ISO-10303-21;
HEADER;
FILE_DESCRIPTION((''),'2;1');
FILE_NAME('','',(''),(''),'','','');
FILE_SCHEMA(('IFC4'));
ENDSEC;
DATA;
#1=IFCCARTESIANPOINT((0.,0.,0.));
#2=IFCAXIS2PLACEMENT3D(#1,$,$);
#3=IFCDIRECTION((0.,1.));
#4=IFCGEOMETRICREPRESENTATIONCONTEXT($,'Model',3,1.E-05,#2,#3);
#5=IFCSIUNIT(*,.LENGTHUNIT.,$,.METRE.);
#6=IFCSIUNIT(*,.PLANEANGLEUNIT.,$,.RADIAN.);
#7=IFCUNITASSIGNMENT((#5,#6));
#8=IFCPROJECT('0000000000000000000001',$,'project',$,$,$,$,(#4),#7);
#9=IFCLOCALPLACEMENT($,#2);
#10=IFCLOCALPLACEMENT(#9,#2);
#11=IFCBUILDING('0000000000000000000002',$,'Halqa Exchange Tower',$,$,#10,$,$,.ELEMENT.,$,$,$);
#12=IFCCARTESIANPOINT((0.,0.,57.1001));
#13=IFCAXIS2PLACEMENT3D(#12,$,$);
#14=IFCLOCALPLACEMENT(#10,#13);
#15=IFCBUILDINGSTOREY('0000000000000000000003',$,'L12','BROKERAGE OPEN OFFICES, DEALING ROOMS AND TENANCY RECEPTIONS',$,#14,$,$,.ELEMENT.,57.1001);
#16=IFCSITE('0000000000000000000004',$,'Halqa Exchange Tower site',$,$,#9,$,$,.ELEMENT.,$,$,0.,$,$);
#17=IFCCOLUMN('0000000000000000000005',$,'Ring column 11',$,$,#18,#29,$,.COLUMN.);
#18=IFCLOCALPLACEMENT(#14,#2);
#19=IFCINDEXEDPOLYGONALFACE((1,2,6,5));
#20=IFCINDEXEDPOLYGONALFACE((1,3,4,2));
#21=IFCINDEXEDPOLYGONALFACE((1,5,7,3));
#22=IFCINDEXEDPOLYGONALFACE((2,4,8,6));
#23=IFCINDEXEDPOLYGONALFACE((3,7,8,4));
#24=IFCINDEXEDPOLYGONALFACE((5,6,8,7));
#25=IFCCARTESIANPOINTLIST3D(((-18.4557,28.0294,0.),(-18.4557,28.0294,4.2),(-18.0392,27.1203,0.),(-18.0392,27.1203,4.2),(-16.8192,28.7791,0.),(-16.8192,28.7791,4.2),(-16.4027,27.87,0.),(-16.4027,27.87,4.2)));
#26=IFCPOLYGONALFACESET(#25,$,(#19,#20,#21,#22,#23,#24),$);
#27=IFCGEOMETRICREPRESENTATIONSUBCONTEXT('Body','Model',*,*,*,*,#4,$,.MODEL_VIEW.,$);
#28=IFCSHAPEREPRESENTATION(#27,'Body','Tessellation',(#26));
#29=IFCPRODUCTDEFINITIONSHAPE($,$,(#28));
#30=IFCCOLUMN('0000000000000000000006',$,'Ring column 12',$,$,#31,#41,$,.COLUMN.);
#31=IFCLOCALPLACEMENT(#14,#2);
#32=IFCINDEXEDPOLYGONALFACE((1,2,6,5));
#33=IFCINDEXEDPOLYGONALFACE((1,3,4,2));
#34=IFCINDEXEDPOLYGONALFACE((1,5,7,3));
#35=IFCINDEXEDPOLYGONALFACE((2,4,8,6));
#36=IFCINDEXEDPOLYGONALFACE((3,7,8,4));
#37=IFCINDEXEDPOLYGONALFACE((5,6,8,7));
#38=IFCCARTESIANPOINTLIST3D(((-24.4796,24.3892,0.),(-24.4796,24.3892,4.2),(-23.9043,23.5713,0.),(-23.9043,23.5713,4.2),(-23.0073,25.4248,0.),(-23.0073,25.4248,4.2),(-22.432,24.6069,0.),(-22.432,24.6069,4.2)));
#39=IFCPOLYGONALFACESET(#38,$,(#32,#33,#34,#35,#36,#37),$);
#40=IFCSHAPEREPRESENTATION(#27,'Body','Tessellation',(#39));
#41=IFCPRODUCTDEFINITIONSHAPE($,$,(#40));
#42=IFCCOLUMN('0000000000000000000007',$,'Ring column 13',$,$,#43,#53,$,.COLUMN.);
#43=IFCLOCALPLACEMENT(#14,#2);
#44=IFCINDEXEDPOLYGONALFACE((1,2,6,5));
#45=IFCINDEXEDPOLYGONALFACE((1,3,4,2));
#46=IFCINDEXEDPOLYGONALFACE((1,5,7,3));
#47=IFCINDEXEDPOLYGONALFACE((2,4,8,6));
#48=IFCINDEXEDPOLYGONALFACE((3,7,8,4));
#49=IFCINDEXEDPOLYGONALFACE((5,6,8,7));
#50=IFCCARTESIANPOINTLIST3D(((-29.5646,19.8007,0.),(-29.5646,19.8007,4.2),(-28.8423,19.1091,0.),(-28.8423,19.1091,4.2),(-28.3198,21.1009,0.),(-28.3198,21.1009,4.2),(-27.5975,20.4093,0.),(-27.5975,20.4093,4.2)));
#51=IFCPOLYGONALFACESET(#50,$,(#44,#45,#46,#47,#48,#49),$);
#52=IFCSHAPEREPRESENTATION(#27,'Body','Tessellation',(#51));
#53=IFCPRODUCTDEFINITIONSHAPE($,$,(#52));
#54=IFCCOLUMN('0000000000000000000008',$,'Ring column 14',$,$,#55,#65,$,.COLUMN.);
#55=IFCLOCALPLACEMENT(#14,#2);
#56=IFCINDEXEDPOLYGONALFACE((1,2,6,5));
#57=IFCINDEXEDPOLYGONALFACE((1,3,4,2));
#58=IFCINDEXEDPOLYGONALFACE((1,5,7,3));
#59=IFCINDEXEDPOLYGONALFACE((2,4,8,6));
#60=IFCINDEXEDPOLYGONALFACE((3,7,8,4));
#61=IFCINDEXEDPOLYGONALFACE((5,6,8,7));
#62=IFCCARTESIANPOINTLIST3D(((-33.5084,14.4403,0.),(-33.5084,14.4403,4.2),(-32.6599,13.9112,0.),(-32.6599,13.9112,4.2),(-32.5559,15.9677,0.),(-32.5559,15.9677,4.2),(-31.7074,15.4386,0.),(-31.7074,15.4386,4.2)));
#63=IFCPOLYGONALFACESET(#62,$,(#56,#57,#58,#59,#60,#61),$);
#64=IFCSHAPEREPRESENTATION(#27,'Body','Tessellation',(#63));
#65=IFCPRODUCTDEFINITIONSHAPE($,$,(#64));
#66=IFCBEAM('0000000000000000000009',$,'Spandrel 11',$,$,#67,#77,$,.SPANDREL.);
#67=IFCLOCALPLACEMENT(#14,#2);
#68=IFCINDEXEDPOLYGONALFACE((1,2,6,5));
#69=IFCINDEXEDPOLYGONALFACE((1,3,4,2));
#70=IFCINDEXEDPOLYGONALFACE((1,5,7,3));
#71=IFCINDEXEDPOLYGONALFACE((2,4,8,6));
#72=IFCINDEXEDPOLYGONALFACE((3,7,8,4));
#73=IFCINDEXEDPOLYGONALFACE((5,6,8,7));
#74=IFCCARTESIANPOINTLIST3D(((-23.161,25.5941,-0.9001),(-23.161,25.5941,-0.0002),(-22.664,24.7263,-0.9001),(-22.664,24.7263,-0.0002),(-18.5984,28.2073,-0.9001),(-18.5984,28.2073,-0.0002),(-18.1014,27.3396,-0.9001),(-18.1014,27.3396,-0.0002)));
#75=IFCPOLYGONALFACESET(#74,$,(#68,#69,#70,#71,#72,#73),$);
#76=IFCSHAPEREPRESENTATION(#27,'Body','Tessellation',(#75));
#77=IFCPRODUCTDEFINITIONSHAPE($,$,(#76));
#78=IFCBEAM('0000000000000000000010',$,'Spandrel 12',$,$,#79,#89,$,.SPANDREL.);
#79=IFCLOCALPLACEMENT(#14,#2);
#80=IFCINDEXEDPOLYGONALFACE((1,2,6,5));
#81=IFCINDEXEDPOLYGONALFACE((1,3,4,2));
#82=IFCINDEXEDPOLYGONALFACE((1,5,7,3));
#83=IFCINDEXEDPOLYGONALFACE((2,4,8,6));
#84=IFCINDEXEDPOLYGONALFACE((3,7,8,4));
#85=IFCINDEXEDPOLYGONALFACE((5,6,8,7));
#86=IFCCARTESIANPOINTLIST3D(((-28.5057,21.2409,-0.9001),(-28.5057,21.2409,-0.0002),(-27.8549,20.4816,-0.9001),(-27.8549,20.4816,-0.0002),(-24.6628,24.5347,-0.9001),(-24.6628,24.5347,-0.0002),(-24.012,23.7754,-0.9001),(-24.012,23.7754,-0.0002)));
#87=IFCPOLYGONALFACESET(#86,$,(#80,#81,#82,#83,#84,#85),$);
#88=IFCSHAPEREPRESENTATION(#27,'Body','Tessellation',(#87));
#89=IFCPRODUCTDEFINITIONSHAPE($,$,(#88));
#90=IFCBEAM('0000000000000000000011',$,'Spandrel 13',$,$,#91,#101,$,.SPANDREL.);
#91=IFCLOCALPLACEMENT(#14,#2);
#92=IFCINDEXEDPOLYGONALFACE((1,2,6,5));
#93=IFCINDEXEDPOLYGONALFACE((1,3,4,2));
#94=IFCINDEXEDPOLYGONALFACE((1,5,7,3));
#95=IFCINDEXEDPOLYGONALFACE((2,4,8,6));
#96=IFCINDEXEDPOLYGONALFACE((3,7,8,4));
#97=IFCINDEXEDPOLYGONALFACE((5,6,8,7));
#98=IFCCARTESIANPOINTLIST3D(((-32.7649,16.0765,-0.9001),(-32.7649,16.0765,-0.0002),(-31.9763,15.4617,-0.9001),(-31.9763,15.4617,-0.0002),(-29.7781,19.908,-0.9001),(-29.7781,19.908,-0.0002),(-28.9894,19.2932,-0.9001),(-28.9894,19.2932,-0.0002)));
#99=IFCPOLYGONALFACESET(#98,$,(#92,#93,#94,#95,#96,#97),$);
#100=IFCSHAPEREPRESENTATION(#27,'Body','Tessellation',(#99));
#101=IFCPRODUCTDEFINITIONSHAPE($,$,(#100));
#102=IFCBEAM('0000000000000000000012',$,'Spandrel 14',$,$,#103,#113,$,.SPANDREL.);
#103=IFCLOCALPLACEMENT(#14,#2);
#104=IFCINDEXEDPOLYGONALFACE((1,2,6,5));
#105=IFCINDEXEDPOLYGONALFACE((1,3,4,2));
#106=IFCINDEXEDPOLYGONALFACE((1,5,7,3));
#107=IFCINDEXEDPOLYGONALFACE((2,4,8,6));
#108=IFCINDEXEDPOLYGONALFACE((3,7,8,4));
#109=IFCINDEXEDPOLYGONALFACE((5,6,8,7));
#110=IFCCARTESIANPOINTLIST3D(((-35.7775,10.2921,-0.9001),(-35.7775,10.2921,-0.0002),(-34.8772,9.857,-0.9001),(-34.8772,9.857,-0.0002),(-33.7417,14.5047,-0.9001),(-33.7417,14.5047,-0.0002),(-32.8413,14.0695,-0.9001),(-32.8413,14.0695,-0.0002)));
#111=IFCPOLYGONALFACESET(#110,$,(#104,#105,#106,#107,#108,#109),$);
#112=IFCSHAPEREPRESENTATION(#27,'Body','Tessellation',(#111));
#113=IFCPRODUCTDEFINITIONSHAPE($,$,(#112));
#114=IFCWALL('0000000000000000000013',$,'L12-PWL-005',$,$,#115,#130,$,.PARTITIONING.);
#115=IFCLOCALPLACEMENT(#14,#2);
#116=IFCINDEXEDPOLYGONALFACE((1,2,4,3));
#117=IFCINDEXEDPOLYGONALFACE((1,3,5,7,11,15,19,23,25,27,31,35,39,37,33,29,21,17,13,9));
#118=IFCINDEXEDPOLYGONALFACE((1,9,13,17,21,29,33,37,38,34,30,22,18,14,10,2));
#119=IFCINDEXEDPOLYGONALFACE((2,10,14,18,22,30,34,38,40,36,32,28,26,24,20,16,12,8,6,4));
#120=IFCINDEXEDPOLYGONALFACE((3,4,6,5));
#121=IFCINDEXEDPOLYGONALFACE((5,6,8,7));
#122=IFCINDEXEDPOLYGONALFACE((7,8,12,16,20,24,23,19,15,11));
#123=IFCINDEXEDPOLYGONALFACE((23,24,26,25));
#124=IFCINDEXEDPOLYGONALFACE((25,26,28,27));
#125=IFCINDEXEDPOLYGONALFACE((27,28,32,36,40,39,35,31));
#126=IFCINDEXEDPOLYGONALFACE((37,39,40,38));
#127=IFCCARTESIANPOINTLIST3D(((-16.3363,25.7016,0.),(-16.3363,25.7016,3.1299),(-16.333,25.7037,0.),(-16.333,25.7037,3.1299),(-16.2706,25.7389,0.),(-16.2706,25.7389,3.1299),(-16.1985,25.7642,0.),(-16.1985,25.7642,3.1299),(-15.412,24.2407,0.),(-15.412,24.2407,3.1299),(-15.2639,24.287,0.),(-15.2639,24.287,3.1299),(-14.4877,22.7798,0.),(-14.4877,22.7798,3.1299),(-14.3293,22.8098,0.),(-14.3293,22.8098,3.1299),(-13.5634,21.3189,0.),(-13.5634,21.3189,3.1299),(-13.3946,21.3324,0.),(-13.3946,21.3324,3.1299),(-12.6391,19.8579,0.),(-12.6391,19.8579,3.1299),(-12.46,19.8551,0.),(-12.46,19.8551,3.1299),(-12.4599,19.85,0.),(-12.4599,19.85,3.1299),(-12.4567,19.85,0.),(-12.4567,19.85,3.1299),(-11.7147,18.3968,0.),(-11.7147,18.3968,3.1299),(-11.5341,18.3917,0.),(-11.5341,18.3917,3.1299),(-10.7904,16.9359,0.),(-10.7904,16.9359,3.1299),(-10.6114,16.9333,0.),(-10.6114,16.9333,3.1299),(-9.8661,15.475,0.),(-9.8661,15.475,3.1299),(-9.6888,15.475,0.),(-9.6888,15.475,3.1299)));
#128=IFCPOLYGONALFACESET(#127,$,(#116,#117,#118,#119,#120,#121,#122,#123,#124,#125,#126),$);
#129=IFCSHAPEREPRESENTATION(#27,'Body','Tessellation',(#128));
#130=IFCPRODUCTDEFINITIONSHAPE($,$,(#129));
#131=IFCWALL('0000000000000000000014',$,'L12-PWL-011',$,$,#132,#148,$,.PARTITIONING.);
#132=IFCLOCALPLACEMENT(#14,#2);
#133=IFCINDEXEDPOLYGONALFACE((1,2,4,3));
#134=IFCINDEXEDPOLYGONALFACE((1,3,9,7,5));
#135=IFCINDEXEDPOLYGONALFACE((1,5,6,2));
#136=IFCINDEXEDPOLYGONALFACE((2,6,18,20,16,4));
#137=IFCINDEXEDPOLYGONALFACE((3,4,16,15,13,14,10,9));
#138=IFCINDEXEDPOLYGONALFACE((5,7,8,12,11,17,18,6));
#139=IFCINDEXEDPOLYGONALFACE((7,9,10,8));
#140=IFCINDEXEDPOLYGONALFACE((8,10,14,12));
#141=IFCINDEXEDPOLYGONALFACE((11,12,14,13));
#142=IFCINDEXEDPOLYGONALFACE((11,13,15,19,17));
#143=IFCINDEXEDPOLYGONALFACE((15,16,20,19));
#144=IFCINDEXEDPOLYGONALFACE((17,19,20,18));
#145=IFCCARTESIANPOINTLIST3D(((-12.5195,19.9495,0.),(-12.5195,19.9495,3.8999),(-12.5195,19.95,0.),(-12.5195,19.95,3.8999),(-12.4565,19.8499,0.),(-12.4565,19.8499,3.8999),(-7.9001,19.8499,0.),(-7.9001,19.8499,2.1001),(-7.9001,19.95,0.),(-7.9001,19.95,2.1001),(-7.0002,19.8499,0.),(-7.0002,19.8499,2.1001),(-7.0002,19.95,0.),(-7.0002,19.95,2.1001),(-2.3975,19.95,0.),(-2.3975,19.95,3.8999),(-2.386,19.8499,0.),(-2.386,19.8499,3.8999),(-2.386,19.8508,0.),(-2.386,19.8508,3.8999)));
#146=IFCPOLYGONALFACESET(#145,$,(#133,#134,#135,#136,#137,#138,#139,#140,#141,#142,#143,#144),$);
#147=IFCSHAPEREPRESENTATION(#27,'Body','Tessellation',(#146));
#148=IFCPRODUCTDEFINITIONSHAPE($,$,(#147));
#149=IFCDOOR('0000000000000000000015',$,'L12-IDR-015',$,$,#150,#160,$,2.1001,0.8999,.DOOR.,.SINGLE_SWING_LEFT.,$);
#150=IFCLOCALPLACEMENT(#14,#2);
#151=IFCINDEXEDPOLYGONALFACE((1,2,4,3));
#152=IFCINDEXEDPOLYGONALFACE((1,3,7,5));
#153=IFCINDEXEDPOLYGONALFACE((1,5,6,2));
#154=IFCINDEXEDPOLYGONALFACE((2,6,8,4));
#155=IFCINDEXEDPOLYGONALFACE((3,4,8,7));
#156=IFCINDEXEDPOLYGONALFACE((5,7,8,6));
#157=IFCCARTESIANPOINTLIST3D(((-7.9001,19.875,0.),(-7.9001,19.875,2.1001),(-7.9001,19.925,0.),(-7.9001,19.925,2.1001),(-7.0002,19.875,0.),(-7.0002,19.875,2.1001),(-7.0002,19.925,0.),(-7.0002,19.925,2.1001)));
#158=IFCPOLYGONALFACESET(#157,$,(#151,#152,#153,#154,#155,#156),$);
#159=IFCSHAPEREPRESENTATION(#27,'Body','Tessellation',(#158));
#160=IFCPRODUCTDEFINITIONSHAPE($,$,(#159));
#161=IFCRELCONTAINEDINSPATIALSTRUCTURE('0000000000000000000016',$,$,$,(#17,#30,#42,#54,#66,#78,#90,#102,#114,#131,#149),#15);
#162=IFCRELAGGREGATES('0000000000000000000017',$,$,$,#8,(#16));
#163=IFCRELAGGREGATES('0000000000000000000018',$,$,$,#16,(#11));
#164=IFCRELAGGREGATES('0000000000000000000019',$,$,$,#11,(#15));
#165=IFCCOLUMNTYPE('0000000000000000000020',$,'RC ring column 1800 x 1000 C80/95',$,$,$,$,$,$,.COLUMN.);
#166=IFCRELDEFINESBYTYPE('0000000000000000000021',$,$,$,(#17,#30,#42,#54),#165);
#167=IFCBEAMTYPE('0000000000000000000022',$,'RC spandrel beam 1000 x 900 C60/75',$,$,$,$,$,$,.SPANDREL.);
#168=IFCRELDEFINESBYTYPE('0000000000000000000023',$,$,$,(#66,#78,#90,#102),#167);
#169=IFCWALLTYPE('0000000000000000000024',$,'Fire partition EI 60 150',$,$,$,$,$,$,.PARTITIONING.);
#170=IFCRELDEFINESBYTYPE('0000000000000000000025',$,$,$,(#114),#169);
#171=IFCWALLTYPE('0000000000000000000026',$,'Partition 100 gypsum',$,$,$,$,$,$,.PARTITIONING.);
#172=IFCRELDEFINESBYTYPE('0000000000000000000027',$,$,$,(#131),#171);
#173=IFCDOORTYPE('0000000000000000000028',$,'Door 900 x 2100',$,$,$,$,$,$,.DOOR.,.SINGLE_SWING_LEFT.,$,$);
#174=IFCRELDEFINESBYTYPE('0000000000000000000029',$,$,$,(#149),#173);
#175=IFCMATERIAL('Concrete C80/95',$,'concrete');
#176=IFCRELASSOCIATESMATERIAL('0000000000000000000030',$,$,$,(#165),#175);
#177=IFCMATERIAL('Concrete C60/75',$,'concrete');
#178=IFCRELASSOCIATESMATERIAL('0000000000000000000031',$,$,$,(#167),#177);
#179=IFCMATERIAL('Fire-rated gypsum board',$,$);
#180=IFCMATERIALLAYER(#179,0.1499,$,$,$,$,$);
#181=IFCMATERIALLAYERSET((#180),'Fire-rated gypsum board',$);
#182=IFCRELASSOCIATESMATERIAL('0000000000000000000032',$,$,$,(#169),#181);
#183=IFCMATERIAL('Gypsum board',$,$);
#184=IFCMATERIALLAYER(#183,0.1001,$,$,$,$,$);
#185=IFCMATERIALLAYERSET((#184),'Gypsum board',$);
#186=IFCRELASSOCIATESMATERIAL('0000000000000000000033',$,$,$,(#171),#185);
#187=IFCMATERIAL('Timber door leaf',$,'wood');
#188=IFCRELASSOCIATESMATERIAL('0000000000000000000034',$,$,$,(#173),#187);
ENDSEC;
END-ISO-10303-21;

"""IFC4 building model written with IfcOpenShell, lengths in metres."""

from ifc_helpers import new_model, si_unit, direction, frame, frame_2d, origin, origin_2d, place, context, subcontext, project, spatial, polyline, rectangle, outline, extrude, material, layer, layer_set, material_profile, profile_set, type_object, element, fill, save


model = new_model("IFC4")

# Units and contexts
model_context = context("Model", 3, precision=1e-05, world=origin(), true_north=direction((0.0, 1.0)))
body_context = subcontext(model_context, "Body", "Model", "MODEL_VIEW")
ifc_project = project(units=[si_unit("LENGTHUNIT", "METRE"), si_unit("PLANEANGLEUNIT", "RADIAN")], contexts=[model_context])

# Site, building, storey
site_placement = place(None, origin())
site = spatial("IfcSite", under=ifc_project, at=site_placement, Name="Halqa Exchange Tower site", CompositionType="ELEMENT", RefElevation=0.0)
building_placement = place(site_placement, origin())
building = spatial("IfcBuilding", under=site, at=building_placement, Name="Halqa Exchange Tower", CompositionType="ELEMENT")
storey_placement = place(building_placement, frame((0.0, 0.0, 57.1001)))
storey = spatial("IfcBuildingStorey", under=building, at=storey_placement, Name="L12", Description="BROKERAGE OPEN OFFICES, DEALING ROOMS AND TENANCY RECEPTIONS", CompositionType="ELEMENT", Elevation=57.1001)

# Columns
ifc_material_1 = material(Name="Concrete C80/95", Category="concrete")
ifc_material_profile_1 = material_profile(ifc_material_1, rectangle(XDim=1.8, YDim=1.0, at=origin_2d()), Name="1800 x 1000")
ifc_profile_set_1 = profile_set([ifc_material_profile_1], Name="Concrete C80/95")
column_type = type_object("IfcColumnType", Name="RC ring column 1800 x 1000 C80/95", PredefinedType="COLUMN", material=ifc_profile_set_1)
for number, where, z_axis, x_axis, name in (
    (1, (-17.4292, 27.9497, 0.0), (0.0, 0.0, 1.0), (-0.909126, -0.41652, 0.0), "Ring column 11"),
    (2, (-23.4558, 24.498, 0.0), (0.0, 0.0, 1.0), (-0.817909, -0.575348, 0.0), "Ring column 12"),
    (3, (-28.5811, 20.105, 0.0), (0.0, 0.0, 1.0), (-0.691577, -0.722302, 0.0), "Ring column 13"),
    (4, (-32.6079, 14.9395, 0.0), (0.0, 0.0, 1.0), (-0.529139, -0.848535, 0.0), "Ring column 14"),
):
    element("IfcColumn", number, at=place(storey_placement, frame(where, z_axis=z_axis, x_axis=x_axis)), inside=storey, type_object=column_type, Name=name, PredefinedType="COLUMN", context=body_context, shape_type="SweptSolid", body=[
        extrude(rectangle(XDim=1.8, YDim=1.0, at=origin_2d()), origin(), (0.0, 0.0, 1.0), 4.2),
    ])

# Beams
ifc_material_2 = material(Name="Concrete C60/75", Category="concrete")
ifc_material_profile_2 = material_profile(ifc_material_2, rectangle(XDim=1.0, YDim=0.8999, at=origin_2d()), Name="1000 x 900")
ifc_profile_set_2 = profile_set([ifc_material_profile_2], Name="Concrete C60/75")
beam_type = type_object("IfcBeamType", Name="RC spandrel beam 1000 x 900 C60/75", PredefinedType="SPANDREL", material=ifc_profile_set_2)
beam_1_placement = place(storey_placement, frame((-18.3499, 27.7734, -0.4502), z_axis=(-0.867751, -0.496999, 0.0), x_axis=(0.496999, -0.867751, 0.0)))
element("IfcBeam", 5, at=beam_1_placement, inside=storey, type_object=beam_type, Name="Spandrel 11", PredefinedType="SPANDREL", context=body_context, shape_type="SweptSolid", body=[
    extrude(rectangle(XDim=1.0, YDim=0.8999, at=origin_2d()), origin(), (0.0, 0.0, 1.0), 5.2581),
])
beam_2_placement = place(storey_placement, frame((-24.3374, 24.155, -0.4502), z_axis=(-0.759267, -0.650779, 0.0), x_axis=(0.650779, -0.759267, 0.0)))
element("IfcBeam", 6, at=beam_2_placement, inside=storey, type_object=beam_type, Name="Spandrel 12", PredefinedType="SPANDREL", context=body_context, shape_type="SweptSolid", body=[
    extrude(rectangle(XDim=1.0, YDim=0.8999, at=origin_2d()), origin(), (0.0, 0.0, 1.0), 5.0613),
])
beam_3_placement = place(storey_placement, frame((-29.3838, 19.6006, -0.4502), z_axis=(-0.614803, -0.788681, 0.0), x_axis=(0.788681, -0.614803, 0.0)))
element("IfcBeam", 7, at=beam_3_placement, inside=storey, type_object=beam_type, Name="Spandrel 13", PredefinedType="SPANDREL", context=body_context, shape_type="SweptSolid", body=[
    extrude(rectangle(XDim=1.0, YDim=0.8999, at=origin_2d()), origin(), (0.0, 0.0, 1.0), 4.8582),
])
beam_4_placement = place(storey_placement, frame((-33.2915, 14.2871, -0.4502), z_axis=(-0.43513, -0.900368, 0.0), x_axis=(0.900368, -0.43513, 0.0)))
element("IfcBeam", 8, at=beam_4_placement, inside=storey, type_object=beam_type, Name="Spandrel 14", PredefinedType="SPANDREL", context=body_context, shape_type="SweptSolid", body=[
    extrude(rectangle(XDim=1.0, YDim=0.8999, at=origin_2d()), origin(), (0.0, 0.0, 1.0), 4.6787),
])

# Wall
ifc_material_3 = material(Name="Fire-rated gypsum board")
ifc_layer_1 = layer(ifc_material_3, 0.1499)
ifc_layer_set_1 = layer_set([ifc_layer_1], Name="Fire-rated gypsum board")
wall_type_1 = type_object("IfcWallType", Name="Fire partition EI 60 150", PredefinedType="PARTITIONING", material=ifc_layer_set_1)
wall_1_placement = place(storey_placement, frame((-16.2729, 25.7417, 0.0), z_axis=(0.0, 0.0, 1.0), x_axis=(0.534655, -0.845071, 0.0)))
element("IfcWall", 9, at=wall_1_placement, inside=storey, type_object=wall_type_1, Name="L12-PWL-005", PredefinedType="PARTITIONING", context=body_context, shape_type="SweptSolid", body=[
    extrude(outline(polyline([(0.0, -0.075), (1.7288, -0.075), (3.4575, -0.075), (5.1863, -0.075), (6.915, -0.075), (8.644, -0.075), (10.3728, -0.075), (12.1016, -0.075), (12.1963, 0.075), (12.1963, 0.075), (10.4707, 0.075), (8.7449, 0.075), (7.0193, 0.075), (7.0176, 0.0723), (7.0132, 0.075), (5.2651, 0.075), (3.5168, 0.075), (1.7688, 0.075), (0.0208, 0.075), (0.0037, 0.0005), (0.0, -0.071), (0.0, -0.075)])), origin(), (0.0, 0.0, 1.0), 3.1299),
])

# Wall, opening, door
ifc_material_4 = material(Name="Gypsum board")
ifc_layer_2 = layer(ifc_material_4, 0.1001)
ifc_layer_set_2 = layer_set([ifc_layer_2], Name="Gypsum board")
wall_type_2 = type_object("IfcWallType", Name="Partition 100 gypsum", PredefinedType="PARTITIONING", material=ifc_layer_set_2)
wall_2_placement = place(storey_placement, frame((-12.5195, 19.8999, 0.0), z_axis=(0.0, 0.0, 1.0), x_axis=(1.0, 0.0, 0.0)))
wall_2 = element("IfcWall", 10, at=wall_2_placement, inside=storey, type_object=wall_type_2, Name="L12-PWL-011", PredefinedType="PARTITIONING", context=body_context, shape_type="SweptSolid", body=[
    extrude(outline(polyline([(10.1335, -0.05), (10.1335, -0.0491), (10.1221, 0.05), (8.4351, 0.05), (6.748, 0.05), (5.061, 0.05), (3.374, 0.05), (1.687, 0.05), (0.0, 0.05), (0.0, 0.0496), (0.063, -0.05), (1.7415, -0.05), (3.4197, -0.05), (5.0981, -0.05), (6.7766, -0.05), (8.4551, -0.05), (10.1335, -0.05)])), origin(), (0.0, 0.0, 1.0), 3.8999),
])
opening_1_placement = place(wall_2_placement, frame((4.6194, 0.0, 0.0)))
opening_1 = element("IfcOpeningElement", 11, at=opening_1_placement, cuts=wall_2, PredefinedType="OPENING", context=body_context, shape_type="SweptSolid", body=[
    extrude(rectangle(XDim=0.8999, YDim=2.1001, at=frame_2d((0.45, 1.05))), frame((0.0, 0.062, 0.0), z_axis=(0.0, -1.0, 0.0), x_axis=(1.0, 0.0, 0.0)), (0.0, 0.0, 1.0), 0.124),
])
ifc_material_5 = material(Name="Timber door leaf", Category="wood")
door_type_1 = type_object("IfcDoorType", Name="Door 900 x 2100", OperationType="SINGLE_SWING_LEFT", PredefinedType="DOOR", material=ifc_material_5)
door_1_placement = place(opening_1_placement, frame((0.8999, 0.0, 0.0), z_axis=(0.0, 0.0, 1.0), x_axis=(-1.0, 0.0, 0.0)))
door_1 = element("IfcDoor", 12, at=door_1_placement, inside=storey, type_object=door_type_1, Name="L12-IDR-015", OperationType="SINGLE_SWING_LEFT", OverallHeight=2.1001, OverallWidth=0.8999, PredefinedType="DOOR", context=body_context, shape_type="SweptSolid", body=[
    extrude(rectangle(XDim=0.8999, YDim=2.1001, at=frame_2d((0.45, 1.05))), frame((0.0, 0.0249, 0.0), z_axis=(0.0, -1.0, 0.0), x_axis=(1.0, 0.0, 0.0)), (0.0, 0.0, 1.0), 0.05),
])
fill(opening_1, door_1)

save(model, "model.ifc")
